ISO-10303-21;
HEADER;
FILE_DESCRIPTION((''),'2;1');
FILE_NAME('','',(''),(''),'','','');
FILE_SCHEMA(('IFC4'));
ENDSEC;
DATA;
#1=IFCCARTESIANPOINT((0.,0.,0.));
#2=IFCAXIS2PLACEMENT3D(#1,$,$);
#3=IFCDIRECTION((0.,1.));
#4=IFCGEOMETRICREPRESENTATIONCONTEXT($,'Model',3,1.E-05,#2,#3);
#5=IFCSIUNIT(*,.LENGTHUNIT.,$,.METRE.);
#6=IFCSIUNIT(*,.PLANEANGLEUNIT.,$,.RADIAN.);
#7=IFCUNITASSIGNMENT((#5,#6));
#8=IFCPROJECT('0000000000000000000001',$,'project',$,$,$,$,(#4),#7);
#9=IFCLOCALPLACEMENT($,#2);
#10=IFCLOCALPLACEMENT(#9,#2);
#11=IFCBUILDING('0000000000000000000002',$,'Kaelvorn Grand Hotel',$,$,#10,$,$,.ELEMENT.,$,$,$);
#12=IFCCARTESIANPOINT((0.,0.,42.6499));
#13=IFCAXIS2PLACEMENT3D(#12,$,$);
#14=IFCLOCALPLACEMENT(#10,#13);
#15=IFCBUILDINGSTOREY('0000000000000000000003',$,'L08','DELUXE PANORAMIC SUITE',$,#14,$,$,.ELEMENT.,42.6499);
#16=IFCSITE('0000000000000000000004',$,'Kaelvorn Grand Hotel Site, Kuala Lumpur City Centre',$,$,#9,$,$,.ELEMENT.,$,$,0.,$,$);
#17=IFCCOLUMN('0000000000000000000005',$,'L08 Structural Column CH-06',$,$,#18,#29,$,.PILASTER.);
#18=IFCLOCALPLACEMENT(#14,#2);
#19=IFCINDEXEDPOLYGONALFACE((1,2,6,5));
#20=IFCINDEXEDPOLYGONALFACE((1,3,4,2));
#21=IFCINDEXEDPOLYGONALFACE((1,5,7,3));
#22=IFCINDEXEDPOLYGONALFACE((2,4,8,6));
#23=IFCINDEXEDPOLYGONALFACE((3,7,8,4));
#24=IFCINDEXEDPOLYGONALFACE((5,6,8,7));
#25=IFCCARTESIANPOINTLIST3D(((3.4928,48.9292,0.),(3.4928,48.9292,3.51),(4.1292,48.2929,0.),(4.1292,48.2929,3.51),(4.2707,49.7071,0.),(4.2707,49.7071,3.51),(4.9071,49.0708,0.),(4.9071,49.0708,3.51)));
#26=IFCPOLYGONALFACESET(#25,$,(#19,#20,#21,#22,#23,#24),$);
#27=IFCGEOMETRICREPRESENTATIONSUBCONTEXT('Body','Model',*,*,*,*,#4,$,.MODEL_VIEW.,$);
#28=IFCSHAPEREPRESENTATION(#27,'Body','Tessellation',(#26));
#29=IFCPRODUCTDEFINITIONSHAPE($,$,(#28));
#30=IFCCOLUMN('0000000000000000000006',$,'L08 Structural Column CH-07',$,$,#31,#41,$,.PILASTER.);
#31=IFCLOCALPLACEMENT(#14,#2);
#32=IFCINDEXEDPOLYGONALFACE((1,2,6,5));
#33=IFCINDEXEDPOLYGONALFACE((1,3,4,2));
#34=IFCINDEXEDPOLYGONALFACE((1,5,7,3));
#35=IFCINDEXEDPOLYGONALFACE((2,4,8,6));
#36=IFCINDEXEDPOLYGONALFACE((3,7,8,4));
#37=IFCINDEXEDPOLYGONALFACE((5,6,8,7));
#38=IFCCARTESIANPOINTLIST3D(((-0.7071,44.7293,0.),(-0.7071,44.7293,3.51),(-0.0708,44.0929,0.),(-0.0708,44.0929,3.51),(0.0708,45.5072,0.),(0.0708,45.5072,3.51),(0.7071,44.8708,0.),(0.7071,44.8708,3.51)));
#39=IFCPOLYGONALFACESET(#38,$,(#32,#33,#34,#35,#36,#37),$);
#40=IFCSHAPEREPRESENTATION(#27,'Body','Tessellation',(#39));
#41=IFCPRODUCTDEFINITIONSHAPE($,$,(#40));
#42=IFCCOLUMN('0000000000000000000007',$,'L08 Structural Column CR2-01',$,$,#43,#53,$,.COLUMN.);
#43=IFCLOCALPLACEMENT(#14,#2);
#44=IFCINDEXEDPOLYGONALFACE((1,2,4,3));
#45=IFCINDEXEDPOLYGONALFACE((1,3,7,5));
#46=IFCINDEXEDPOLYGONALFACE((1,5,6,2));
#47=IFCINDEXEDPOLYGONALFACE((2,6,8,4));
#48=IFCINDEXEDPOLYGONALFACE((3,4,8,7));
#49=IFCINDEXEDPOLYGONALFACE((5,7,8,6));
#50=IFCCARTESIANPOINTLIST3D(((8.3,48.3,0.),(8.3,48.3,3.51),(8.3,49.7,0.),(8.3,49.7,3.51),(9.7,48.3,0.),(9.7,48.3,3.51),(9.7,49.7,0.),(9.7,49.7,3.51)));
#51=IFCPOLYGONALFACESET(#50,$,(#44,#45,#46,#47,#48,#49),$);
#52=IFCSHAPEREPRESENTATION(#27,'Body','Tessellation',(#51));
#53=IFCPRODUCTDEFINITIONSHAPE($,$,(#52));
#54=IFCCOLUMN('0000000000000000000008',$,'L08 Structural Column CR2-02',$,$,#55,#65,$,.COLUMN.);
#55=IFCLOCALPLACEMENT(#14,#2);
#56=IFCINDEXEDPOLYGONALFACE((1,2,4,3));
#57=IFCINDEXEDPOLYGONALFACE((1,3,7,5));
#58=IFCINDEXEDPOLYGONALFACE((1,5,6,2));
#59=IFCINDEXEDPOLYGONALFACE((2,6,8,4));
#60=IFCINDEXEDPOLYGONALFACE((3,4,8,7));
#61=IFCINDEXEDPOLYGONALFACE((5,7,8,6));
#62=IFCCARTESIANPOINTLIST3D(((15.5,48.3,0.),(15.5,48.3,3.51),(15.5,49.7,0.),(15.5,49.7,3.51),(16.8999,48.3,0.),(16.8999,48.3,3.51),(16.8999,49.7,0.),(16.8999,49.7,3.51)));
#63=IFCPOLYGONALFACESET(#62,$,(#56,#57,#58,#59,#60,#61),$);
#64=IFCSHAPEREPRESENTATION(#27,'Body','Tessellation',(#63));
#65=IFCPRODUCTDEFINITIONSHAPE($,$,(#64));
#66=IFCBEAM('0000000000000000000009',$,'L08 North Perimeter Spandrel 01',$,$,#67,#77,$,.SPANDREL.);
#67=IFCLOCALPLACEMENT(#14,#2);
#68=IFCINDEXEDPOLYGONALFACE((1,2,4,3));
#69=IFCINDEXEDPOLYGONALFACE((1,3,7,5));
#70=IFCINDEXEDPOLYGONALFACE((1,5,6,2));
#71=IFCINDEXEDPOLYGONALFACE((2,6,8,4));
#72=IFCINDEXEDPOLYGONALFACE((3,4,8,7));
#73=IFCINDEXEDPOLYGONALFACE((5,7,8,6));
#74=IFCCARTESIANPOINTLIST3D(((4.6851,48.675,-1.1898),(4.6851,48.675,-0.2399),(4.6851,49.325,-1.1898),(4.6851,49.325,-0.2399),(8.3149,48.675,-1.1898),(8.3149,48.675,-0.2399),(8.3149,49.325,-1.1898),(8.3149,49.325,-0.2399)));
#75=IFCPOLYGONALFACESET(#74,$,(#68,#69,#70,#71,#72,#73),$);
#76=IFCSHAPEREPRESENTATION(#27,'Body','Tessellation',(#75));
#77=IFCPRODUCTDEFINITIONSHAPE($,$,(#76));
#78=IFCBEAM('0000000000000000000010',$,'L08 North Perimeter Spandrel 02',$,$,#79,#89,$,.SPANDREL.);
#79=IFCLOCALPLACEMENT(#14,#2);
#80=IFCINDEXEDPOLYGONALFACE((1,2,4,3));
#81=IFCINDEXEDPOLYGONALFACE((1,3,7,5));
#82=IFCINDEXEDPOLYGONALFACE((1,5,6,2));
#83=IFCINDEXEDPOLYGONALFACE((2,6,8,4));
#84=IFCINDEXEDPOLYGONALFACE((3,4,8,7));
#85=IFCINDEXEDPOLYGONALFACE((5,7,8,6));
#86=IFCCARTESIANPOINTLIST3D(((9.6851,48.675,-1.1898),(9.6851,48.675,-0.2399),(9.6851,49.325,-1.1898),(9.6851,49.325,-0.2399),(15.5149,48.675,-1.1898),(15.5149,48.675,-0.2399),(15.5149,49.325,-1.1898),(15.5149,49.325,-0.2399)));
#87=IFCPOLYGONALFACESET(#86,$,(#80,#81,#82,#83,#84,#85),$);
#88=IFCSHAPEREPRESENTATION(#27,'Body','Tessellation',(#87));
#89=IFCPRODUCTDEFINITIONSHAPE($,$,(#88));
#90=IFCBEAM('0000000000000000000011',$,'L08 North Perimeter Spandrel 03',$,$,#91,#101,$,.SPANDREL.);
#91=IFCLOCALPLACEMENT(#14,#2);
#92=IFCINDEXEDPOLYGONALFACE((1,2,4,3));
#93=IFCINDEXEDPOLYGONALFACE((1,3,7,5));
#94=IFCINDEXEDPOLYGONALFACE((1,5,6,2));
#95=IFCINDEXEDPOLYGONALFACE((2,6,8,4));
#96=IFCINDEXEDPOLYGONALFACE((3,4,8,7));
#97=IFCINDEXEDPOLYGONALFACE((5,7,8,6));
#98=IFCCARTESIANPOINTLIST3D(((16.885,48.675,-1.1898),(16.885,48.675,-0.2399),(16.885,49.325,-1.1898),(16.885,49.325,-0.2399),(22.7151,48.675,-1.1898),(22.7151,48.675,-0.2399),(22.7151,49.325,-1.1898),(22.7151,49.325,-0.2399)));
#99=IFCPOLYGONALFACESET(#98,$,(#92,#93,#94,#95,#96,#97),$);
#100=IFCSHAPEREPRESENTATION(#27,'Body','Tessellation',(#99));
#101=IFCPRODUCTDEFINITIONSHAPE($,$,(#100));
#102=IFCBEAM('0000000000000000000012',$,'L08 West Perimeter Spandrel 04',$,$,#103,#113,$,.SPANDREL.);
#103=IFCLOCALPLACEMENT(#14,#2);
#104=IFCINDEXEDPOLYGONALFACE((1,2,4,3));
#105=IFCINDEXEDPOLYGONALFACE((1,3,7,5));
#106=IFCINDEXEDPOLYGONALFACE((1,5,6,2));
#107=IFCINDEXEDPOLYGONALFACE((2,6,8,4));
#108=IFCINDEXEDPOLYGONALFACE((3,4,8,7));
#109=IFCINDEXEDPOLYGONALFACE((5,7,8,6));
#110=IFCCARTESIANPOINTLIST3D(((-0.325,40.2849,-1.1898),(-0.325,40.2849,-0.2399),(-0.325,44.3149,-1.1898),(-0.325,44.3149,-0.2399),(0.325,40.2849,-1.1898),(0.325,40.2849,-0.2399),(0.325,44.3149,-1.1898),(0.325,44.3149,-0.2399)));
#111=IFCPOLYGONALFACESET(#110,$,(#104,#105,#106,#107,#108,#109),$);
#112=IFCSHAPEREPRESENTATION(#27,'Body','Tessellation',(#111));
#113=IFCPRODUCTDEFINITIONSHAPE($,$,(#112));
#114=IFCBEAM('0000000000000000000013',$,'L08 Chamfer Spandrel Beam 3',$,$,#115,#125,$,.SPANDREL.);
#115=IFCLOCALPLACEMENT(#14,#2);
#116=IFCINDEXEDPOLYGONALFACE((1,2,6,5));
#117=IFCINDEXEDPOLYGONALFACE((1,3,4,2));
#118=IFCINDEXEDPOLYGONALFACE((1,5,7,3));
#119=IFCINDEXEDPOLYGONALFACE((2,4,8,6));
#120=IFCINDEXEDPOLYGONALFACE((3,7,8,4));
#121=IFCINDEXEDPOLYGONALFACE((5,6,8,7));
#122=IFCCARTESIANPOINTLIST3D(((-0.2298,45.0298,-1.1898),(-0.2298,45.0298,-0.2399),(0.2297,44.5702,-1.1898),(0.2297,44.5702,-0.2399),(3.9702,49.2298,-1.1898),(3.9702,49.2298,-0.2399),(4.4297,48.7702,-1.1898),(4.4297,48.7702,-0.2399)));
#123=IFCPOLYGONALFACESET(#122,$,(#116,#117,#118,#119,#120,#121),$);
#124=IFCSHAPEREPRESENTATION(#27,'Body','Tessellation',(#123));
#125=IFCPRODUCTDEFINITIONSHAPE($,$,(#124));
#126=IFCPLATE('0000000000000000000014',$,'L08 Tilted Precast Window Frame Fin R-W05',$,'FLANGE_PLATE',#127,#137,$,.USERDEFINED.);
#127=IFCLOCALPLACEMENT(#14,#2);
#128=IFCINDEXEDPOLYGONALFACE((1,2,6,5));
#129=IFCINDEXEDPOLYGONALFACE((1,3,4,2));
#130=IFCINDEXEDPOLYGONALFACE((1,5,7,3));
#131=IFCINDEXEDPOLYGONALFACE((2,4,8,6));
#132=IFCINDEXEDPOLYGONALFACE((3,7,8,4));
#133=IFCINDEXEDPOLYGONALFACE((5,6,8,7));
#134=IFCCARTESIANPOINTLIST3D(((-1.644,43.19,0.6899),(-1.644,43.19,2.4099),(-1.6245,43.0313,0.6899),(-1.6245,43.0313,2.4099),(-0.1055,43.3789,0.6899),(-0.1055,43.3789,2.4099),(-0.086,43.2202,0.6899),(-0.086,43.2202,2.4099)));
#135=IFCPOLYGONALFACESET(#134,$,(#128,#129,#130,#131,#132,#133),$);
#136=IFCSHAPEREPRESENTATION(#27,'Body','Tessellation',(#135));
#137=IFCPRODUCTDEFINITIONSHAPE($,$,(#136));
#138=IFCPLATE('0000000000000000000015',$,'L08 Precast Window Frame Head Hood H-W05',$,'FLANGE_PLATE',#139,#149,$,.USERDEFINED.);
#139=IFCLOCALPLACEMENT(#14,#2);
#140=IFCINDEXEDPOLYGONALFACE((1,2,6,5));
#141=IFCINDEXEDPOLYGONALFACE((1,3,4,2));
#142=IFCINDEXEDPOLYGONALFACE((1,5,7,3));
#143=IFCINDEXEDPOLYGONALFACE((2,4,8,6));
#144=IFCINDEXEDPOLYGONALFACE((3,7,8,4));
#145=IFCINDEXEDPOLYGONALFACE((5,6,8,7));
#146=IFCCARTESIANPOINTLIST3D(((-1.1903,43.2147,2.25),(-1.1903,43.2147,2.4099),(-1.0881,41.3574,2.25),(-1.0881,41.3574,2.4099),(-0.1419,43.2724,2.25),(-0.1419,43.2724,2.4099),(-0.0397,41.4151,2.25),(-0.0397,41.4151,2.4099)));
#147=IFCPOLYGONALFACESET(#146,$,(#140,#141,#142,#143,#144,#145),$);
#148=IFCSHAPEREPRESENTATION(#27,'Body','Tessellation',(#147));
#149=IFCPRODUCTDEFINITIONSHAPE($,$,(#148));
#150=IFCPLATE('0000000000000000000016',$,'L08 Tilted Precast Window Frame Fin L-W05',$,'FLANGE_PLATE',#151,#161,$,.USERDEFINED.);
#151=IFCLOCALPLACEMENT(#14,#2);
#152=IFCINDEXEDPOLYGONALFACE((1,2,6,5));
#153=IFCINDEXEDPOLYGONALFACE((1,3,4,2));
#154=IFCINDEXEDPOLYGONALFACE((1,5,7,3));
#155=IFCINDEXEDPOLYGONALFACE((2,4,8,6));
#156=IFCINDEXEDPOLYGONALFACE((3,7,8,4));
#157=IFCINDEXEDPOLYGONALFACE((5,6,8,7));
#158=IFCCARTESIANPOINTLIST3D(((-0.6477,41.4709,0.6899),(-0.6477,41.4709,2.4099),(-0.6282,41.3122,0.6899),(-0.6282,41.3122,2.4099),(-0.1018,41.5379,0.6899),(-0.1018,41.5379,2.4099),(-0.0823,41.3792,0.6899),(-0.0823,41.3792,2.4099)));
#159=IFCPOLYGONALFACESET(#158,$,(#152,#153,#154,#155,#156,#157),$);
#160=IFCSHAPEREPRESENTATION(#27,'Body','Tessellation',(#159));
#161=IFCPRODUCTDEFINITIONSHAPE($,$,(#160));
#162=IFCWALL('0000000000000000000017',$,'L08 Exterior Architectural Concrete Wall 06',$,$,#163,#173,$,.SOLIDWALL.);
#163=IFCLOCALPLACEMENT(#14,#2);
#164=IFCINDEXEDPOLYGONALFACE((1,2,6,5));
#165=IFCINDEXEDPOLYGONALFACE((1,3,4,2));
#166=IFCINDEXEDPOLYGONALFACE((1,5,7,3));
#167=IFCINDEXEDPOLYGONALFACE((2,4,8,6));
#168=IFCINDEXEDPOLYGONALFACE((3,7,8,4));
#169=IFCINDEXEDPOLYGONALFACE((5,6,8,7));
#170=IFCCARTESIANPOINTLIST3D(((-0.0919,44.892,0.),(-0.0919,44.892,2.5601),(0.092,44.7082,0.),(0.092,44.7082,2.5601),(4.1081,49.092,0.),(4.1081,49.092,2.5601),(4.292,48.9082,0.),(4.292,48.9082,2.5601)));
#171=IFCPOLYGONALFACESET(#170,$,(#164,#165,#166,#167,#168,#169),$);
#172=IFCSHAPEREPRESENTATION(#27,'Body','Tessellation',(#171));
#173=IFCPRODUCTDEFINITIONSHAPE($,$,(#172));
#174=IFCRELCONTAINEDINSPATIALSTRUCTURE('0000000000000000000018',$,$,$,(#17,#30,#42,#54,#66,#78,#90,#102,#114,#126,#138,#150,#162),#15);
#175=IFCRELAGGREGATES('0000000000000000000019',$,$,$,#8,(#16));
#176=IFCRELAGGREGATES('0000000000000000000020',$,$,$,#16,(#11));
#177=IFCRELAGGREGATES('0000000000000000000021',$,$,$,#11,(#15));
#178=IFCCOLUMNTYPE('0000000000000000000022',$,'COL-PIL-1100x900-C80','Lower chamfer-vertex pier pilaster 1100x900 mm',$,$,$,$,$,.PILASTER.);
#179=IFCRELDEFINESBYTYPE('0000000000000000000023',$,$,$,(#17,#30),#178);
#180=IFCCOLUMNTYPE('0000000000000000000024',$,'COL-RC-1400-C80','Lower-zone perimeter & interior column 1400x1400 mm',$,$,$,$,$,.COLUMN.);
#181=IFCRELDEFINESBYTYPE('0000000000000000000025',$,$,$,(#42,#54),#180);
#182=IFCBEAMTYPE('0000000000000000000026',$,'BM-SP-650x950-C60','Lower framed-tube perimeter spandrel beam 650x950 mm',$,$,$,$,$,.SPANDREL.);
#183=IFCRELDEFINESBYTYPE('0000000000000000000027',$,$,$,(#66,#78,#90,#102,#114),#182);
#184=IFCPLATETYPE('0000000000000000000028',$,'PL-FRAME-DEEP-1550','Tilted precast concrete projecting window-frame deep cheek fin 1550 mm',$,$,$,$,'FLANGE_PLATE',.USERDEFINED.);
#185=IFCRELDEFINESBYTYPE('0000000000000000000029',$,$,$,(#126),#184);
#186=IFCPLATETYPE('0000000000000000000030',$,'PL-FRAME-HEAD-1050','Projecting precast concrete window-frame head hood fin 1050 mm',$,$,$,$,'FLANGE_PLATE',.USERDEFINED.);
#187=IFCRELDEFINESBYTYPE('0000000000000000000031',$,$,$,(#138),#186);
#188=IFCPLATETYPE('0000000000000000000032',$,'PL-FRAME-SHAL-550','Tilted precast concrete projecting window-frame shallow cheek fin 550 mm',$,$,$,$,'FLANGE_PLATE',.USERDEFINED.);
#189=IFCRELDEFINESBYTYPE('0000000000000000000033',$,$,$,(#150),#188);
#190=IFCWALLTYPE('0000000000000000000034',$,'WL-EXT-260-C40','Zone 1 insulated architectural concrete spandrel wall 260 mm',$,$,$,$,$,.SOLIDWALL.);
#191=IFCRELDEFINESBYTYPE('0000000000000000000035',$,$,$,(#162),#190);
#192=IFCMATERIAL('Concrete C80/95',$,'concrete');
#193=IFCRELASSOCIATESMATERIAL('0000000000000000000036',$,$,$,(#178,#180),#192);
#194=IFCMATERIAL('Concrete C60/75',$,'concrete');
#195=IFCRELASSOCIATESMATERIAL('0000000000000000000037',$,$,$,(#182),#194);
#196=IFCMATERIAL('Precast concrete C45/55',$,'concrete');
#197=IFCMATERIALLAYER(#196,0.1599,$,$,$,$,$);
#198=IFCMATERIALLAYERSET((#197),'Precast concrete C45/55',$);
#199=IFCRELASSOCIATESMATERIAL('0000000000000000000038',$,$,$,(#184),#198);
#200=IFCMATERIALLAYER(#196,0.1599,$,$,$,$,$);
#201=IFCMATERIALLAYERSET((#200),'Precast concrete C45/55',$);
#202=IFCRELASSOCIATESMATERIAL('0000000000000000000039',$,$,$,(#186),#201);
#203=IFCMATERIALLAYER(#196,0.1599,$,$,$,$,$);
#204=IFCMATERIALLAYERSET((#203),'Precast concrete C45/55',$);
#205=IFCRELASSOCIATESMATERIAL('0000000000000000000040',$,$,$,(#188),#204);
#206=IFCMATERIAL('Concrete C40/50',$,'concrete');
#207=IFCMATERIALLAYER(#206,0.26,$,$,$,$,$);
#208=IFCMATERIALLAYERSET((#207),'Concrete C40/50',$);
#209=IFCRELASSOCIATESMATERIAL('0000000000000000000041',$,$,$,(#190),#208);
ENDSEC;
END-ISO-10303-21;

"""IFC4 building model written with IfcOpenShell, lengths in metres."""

from ifc_helpers import new_model, si_unit, direction, frame, frame_2d, origin, origin_2d, place, context, subcontext, project, spatial, rectangle, extrude, material, layer, layer_set, material_profile, profile_set, type_object, element, save


model = new_model("IFC4")

# Units and contexts
model_context = context("Model", 3, precision=1e-05, world=origin(), true_north=direction((0.0, 1.0)))
body_context = subcontext(model_context, "Body", "Model", "MODEL_VIEW")
ifc_project = project(units=[si_unit("LENGTHUNIT", "METRE"), si_unit("PLANEANGLEUNIT", "RADIAN")], contexts=[model_context])

# Site, building, storey
site_placement = place(None, origin())
site = spatial("IfcSite", under=ifc_project, at=site_placement, Name="Kaelvorn Grand Hotel Site, Kuala Lumpur City Centre", CompositionType="ELEMENT", RefElevation=0.0)
building_placement = place(site_placement, origin())
building = spatial("IfcBuilding", under=site, at=building_placement, Name="Kaelvorn Grand Hotel", CompositionType="ELEMENT")
storey_placement = place(building_placement, frame((0.0, 0.0, 42.6499)))
storey = spatial("IfcBuildingStorey", under=building, at=storey_placement, Name="L08", Description="DELUXE PANORAMIC SUITE", CompositionType="ELEMENT", Elevation=42.6499)

# Columns
ifc_material_1 = material(Name="Concrete C80/95", Category="concrete")
ifc_material_profile_1 = material_profile(ifc_material_1, rectangle(XDim=1.1001, YDim=0.8999, at=origin_2d()), Name="RC PILASTER 1100x900")
ifc_profile_set_1 = profile_set([ifc_material_profile_1], Name="Concrete C80/95")
column_type_1 = type_object("IfcColumnType", Name="COL-PIL-1100x900-C80", Description="Lower chamfer-vertex pier pilaster 1100x900 mm", PredefinedType="PILASTER", material=ifc_profile_set_1)
for number, where, z_axis, x_axis, name in (
    (1, (4.2, 49.0, 0.0), (0.0, 0.0, 1.0), (0.707107, 0.707107, 0.0), "L08 Structural Column CH-06"),
    (2, (0.0, 44.8, 0.0), (0.0, 0.0, 1.0), (0.707107, 0.707107, 0.0), "L08 Structural Column CH-07"),
):
    element("IfcColumn", number, at=place(storey_placement, frame(where, z_axis=z_axis, x_axis=x_axis)), inside=storey, type_object=column_type_1, Name=name, PredefinedType="PILASTER", context=body_context, shape_type="SweptSolid", body=[
        extrude(rectangle(XDim=1.1001, YDim=0.8999, at=origin_2d()), origin(), (0.0, 0.0, 1.0), 3.51),
    ])
ifc_material_profile_2 = material_profile(ifc_material_1, rectangle(XDim=1.3999, YDim=1.3999, at=origin_2d()), Name="RC COL 1400x1400")
ifc_profile_set_2 = profile_set([ifc_material_profile_2], Name="Concrete C80/95")
column_type_2 = type_object("IfcColumnType", Name="COL-RC-1400-C80", Description="Lower-zone perimeter & interior column 1400x1400 mm", PredefinedType="COLUMN", material=ifc_profile_set_2)
for number, where, z_axis, x_axis, name in (
    (3, (9.0, 49.0, 0.0), (0.0, 0.0, 1.0), (1.0, 0.0, 0.0), "L08 Structural Column CR2-01"),
    (4, (16.2, 49.0, 0.0), (0.0, 0.0, 1.0), (1.0, 0.0, 0.0), "L08 Structural Column CR2-02"),
):
    element("IfcColumn", number, at=place(storey_placement, frame(where, z_axis=z_axis, x_axis=x_axis)), inside=storey, type_object=column_type_2, Name=name, PredefinedType="COLUMN", context=body_context, shape_type="SweptSolid", body=[
        extrude(rectangle(XDim=1.3999, YDim=1.3999, at=origin_2d()), origin(), (0.0, 0.0, 1.0), 3.51),
    ])

# Beams
ifc_material_2 = material(Name="Concrete C60/75", Category="concrete")
ifc_material_profile_3 = material_profile(ifc_material_2, rectangle(XDim=0.6499, YDim=0.95, at=origin_2d()), Name="RC SPANDREL 650x950")
ifc_profile_set_3 = profile_set([ifc_material_profile_3], Name="Concrete C60/75")
beam_type = type_object("IfcBeamType", Name="BM-SP-650x950-C60", Description="Lower framed-tube perimeter spandrel beam 650x950 mm", PredefinedType="SPANDREL", material=ifc_profile_set_3)
beam_1_placement = place(storey_placement, frame((4.6851, 49.0, -0.7148), z_axis=(1.0, 0.0, 0.0), x_axis=(0.0, 1.0, 0.0)))
element("IfcBeam", 5, at=beam_1_placement, inside=storey, type_object=beam_type, Name="L08 North Perimeter Spandrel 01", PredefinedType="SPANDREL", context=body_context, shape_type="SweptSolid", body=[
    extrude(rectangle(XDim=0.6499, YDim=0.95, at=origin_2d()), origin(), (0.0, 0.0, 1.0), 3.6299),
])
beam_2_placement = place(storey_placement, frame((9.6851, 49.0, -0.7148), z_axis=(1.0, 0.0, 0.0), x_axis=(0.0, 1.0, 0.0)))
element("IfcBeam", 6, at=beam_2_placement, inside=storey, type_object=beam_type, Name="L08 North Perimeter Spandrel 02", PredefinedType="SPANDREL", context=body_context, shape_type="SweptSolid", body=[
    extrude(rectangle(XDim=0.6499, YDim=0.95, at=origin_2d()), origin(), (0.0, 0.0, 1.0), 5.8298),
])
beam_3_placement = place(storey_placement, frame((16.885, 49.0, -0.7148), z_axis=(1.0, 0.0, 0.0), x_axis=(0.0, 1.0, 0.0)))
element("IfcBeam", 7, at=beam_3_placement, inside=storey, type_object=beam_type, Name="L08 North Perimeter Spandrel 03", PredefinedType="SPANDREL", context=body_context, shape_type="SweptSolid", body=[
    extrude(rectangle(XDim=0.6499, YDim=0.95, at=origin_2d()), origin(), (0.0, 0.0, 1.0), 5.8301),
])
beam_4_placement = place(storey_placement, frame((0.0, 40.2849, -0.7148), z_axis=(0.0, 1.0, 0.0), x_axis=(-1.0, 0.0, 0.0)))
element("IfcBeam", 8, at=beam_4_placement, inside=storey, type_object=beam_type, Name="L08 West Perimeter Spandrel 04", PredefinedType="SPANDREL", context=body_context, shape_type="SweptSolid", body=[
    extrude(rectangle(XDim=0.6499, YDim=0.95, at=origin_2d()), origin(), (0.0, 0.0, 1.0), 4.03),
])
beam_5_placement = place(storey_placement, frame((4.2, 49.0, -0.7148), z_axis=(-0.707107, -0.707107, 0.0), x_axis=(0.707107, -0.707107, 0.0)))
element("IfcBeam", 9, at=beam_5_placement, inside=storey, type_object=beam_type, Name="L08 Chamfer Spandrel Beam 3", PredefinedType="SPANDREL", context=body_context, shape_type="SweptSolid", body=[
    extrude(rectangle(XDim=0.6499, YDim=0.95, at=origin_2d()), origin(), (0.0, 0.0, 1.0), 5.9397),
])

# Plates
ifc_material_3 = material(Name="Precast concrete C45/55", Category="concrete")
ifc_layer_1 = layer(ifc_material_3, 0.1599)
ifc_layer_set_1 = layer_set([ifc_layer_1], Name="Precast concrete C45/55")
plate_type_1 = type_object("IfcPlateType", Name="PL-FRAME-DEEP-1550", Description="Tilted precast concrete projecting window-frame deep cheek fin 1550 mm", ElementType="FLANGE_PLATE", PredefinedType="USERDEFINED", material=ifc_layer_set_1)
plate_1_placement = place(storey_placement, frame((-0.865, 43.2051, 0.6899), z_axis=(0.0, 0.0, 1.0), x_axis=(-0.121869, 0.992546, 0.0)))
element("IfcPlate", 10, at=plate_1_placement, inside=storey, type_object=plate_type_1, Name="L08 Tilted Precast Window Frame Fin R-W05", ObjectType="FLANGE_PLATE", PredefinedType="USERDEFINED", context=body_context, shape_type="SweptSolid", body=[
    extrude(rectangle(XDim=0.1599, YDim=1.55, at=origin_2d()), origin(), (0.0, 0.0, 1.0), 1.72),
])
ifc_layer_2 = layer(ifc_material_3, 0.1599)
ifc_layer_set_2 = layer_set([ifc_layer_2], Name="Precast concrete C45/55")
plate_type_2 = type_object("IfcPlateType", Name="PL-FRAME-HEAD-1050", Description="Projecting precast concrete window-frame head hood fin 1050 mm", ElementType="FLANGE_PLATE", PredefinedType="USERDEFINED", material=ifc_layer_set_2)
plate_2_placement = place(storey_placement, frame((-0.615, 42.3149, 2.25), z_axis=(0.0, 0.0, 1.0), x_axis=(-0.05495, 0.998489, 0.0)))
element("IfcPlate", 11, at=plate_2_placement, inside=storey, type_object=plate_type_2, Name="L08 Precast Window Frame Head Hood H-W05", ObjectType="FLANGE_PLATE", PredefinedType="USERDEFINED", context=body_context, shape_type="SweptSolid", body=[
    extrude(rectangle(XDim=1.8601, YDim=1.05, at=origin_2d()), origin(), (0.0, 0.0, 1.0), 0.1599),
])
ifc_layer_3 = layer(ifc_material_3, 0.1599)
ifc_layer_set_3 = layer_set([ifc_layer_3], Name="Precast concrete C45/55")
plate_type_3 = type_object("IfcPlateType", Name="PL-FRAME-SHAL-550", Description="Tilted precast concrete projecting window-frame shallow cheek fin 550 mm", ElementType="FLANGE_PLATE", PredefinedType="USERDEFINED", material=ifc_layer_set_3)
plate_3_placement = place(storey_placement, frame((-0.365, 41.425, 0.6899), z_axis=(0.0, 0.0, 1.0), x_axis=(-0.121869, 0.992546, 0.0)))
element("IfcPlate", 12, at=plate_3_placement, inside=storey, type_object=plate_type_3, Name="L08 Tilted Precast Window Frame Fin L-W05", ObjectType="FLANGE_PLATE", PredefinedType="USERDEFINED", context=body_context, shape_type="SweptSolid", body=[
    extrude(rectangle(XDim=0.1599, YDim=0.55, at=origin_2d()), origin(), (0.0, 0.0, 1.0), 1.72),
])

# Wall
ifc_material_4 = material(Name="Concrete C40/50", Category="concrete")
ifc_layer_4 = layer(ifc_material_4, 0.26)
ifc_layer_set_4 = layer_set([ifc_layer_4], Name="Concrete C40/50")
wall_type_1 = type_object("IfcWallType", Name="WL-EXT-260-C40", Description="Zone 1 insulated architectural concrete spandrel wall 260 mm", PredefinedType="SOLIDWALL", material=ifc_layer_set_4)
wall_1_placement = place(storey_placement, frame((4.2, 49.0, 0.0), z_axis=(0.0, 0.0, 1.0), x_axis=(-0.707107, -0.707107, 0.0)))
element("IfcWall", 13, at=wall_1_placement, inside=storey, type_object=wall_type_1, Name="L08 Exterior Architectural Concrete Wall 06", PredefinedType="SOLIDWALL", context=body_context, shape_type="SweptSolid", body=[
    extrude(rectangle(XDim=5.9397, YDim=0.26, at=frame_2d((2.9697, 0.0))), origin(), (0.0, 0.0, 1.0), 2.5601),
])

save(model, "model.ifc")
